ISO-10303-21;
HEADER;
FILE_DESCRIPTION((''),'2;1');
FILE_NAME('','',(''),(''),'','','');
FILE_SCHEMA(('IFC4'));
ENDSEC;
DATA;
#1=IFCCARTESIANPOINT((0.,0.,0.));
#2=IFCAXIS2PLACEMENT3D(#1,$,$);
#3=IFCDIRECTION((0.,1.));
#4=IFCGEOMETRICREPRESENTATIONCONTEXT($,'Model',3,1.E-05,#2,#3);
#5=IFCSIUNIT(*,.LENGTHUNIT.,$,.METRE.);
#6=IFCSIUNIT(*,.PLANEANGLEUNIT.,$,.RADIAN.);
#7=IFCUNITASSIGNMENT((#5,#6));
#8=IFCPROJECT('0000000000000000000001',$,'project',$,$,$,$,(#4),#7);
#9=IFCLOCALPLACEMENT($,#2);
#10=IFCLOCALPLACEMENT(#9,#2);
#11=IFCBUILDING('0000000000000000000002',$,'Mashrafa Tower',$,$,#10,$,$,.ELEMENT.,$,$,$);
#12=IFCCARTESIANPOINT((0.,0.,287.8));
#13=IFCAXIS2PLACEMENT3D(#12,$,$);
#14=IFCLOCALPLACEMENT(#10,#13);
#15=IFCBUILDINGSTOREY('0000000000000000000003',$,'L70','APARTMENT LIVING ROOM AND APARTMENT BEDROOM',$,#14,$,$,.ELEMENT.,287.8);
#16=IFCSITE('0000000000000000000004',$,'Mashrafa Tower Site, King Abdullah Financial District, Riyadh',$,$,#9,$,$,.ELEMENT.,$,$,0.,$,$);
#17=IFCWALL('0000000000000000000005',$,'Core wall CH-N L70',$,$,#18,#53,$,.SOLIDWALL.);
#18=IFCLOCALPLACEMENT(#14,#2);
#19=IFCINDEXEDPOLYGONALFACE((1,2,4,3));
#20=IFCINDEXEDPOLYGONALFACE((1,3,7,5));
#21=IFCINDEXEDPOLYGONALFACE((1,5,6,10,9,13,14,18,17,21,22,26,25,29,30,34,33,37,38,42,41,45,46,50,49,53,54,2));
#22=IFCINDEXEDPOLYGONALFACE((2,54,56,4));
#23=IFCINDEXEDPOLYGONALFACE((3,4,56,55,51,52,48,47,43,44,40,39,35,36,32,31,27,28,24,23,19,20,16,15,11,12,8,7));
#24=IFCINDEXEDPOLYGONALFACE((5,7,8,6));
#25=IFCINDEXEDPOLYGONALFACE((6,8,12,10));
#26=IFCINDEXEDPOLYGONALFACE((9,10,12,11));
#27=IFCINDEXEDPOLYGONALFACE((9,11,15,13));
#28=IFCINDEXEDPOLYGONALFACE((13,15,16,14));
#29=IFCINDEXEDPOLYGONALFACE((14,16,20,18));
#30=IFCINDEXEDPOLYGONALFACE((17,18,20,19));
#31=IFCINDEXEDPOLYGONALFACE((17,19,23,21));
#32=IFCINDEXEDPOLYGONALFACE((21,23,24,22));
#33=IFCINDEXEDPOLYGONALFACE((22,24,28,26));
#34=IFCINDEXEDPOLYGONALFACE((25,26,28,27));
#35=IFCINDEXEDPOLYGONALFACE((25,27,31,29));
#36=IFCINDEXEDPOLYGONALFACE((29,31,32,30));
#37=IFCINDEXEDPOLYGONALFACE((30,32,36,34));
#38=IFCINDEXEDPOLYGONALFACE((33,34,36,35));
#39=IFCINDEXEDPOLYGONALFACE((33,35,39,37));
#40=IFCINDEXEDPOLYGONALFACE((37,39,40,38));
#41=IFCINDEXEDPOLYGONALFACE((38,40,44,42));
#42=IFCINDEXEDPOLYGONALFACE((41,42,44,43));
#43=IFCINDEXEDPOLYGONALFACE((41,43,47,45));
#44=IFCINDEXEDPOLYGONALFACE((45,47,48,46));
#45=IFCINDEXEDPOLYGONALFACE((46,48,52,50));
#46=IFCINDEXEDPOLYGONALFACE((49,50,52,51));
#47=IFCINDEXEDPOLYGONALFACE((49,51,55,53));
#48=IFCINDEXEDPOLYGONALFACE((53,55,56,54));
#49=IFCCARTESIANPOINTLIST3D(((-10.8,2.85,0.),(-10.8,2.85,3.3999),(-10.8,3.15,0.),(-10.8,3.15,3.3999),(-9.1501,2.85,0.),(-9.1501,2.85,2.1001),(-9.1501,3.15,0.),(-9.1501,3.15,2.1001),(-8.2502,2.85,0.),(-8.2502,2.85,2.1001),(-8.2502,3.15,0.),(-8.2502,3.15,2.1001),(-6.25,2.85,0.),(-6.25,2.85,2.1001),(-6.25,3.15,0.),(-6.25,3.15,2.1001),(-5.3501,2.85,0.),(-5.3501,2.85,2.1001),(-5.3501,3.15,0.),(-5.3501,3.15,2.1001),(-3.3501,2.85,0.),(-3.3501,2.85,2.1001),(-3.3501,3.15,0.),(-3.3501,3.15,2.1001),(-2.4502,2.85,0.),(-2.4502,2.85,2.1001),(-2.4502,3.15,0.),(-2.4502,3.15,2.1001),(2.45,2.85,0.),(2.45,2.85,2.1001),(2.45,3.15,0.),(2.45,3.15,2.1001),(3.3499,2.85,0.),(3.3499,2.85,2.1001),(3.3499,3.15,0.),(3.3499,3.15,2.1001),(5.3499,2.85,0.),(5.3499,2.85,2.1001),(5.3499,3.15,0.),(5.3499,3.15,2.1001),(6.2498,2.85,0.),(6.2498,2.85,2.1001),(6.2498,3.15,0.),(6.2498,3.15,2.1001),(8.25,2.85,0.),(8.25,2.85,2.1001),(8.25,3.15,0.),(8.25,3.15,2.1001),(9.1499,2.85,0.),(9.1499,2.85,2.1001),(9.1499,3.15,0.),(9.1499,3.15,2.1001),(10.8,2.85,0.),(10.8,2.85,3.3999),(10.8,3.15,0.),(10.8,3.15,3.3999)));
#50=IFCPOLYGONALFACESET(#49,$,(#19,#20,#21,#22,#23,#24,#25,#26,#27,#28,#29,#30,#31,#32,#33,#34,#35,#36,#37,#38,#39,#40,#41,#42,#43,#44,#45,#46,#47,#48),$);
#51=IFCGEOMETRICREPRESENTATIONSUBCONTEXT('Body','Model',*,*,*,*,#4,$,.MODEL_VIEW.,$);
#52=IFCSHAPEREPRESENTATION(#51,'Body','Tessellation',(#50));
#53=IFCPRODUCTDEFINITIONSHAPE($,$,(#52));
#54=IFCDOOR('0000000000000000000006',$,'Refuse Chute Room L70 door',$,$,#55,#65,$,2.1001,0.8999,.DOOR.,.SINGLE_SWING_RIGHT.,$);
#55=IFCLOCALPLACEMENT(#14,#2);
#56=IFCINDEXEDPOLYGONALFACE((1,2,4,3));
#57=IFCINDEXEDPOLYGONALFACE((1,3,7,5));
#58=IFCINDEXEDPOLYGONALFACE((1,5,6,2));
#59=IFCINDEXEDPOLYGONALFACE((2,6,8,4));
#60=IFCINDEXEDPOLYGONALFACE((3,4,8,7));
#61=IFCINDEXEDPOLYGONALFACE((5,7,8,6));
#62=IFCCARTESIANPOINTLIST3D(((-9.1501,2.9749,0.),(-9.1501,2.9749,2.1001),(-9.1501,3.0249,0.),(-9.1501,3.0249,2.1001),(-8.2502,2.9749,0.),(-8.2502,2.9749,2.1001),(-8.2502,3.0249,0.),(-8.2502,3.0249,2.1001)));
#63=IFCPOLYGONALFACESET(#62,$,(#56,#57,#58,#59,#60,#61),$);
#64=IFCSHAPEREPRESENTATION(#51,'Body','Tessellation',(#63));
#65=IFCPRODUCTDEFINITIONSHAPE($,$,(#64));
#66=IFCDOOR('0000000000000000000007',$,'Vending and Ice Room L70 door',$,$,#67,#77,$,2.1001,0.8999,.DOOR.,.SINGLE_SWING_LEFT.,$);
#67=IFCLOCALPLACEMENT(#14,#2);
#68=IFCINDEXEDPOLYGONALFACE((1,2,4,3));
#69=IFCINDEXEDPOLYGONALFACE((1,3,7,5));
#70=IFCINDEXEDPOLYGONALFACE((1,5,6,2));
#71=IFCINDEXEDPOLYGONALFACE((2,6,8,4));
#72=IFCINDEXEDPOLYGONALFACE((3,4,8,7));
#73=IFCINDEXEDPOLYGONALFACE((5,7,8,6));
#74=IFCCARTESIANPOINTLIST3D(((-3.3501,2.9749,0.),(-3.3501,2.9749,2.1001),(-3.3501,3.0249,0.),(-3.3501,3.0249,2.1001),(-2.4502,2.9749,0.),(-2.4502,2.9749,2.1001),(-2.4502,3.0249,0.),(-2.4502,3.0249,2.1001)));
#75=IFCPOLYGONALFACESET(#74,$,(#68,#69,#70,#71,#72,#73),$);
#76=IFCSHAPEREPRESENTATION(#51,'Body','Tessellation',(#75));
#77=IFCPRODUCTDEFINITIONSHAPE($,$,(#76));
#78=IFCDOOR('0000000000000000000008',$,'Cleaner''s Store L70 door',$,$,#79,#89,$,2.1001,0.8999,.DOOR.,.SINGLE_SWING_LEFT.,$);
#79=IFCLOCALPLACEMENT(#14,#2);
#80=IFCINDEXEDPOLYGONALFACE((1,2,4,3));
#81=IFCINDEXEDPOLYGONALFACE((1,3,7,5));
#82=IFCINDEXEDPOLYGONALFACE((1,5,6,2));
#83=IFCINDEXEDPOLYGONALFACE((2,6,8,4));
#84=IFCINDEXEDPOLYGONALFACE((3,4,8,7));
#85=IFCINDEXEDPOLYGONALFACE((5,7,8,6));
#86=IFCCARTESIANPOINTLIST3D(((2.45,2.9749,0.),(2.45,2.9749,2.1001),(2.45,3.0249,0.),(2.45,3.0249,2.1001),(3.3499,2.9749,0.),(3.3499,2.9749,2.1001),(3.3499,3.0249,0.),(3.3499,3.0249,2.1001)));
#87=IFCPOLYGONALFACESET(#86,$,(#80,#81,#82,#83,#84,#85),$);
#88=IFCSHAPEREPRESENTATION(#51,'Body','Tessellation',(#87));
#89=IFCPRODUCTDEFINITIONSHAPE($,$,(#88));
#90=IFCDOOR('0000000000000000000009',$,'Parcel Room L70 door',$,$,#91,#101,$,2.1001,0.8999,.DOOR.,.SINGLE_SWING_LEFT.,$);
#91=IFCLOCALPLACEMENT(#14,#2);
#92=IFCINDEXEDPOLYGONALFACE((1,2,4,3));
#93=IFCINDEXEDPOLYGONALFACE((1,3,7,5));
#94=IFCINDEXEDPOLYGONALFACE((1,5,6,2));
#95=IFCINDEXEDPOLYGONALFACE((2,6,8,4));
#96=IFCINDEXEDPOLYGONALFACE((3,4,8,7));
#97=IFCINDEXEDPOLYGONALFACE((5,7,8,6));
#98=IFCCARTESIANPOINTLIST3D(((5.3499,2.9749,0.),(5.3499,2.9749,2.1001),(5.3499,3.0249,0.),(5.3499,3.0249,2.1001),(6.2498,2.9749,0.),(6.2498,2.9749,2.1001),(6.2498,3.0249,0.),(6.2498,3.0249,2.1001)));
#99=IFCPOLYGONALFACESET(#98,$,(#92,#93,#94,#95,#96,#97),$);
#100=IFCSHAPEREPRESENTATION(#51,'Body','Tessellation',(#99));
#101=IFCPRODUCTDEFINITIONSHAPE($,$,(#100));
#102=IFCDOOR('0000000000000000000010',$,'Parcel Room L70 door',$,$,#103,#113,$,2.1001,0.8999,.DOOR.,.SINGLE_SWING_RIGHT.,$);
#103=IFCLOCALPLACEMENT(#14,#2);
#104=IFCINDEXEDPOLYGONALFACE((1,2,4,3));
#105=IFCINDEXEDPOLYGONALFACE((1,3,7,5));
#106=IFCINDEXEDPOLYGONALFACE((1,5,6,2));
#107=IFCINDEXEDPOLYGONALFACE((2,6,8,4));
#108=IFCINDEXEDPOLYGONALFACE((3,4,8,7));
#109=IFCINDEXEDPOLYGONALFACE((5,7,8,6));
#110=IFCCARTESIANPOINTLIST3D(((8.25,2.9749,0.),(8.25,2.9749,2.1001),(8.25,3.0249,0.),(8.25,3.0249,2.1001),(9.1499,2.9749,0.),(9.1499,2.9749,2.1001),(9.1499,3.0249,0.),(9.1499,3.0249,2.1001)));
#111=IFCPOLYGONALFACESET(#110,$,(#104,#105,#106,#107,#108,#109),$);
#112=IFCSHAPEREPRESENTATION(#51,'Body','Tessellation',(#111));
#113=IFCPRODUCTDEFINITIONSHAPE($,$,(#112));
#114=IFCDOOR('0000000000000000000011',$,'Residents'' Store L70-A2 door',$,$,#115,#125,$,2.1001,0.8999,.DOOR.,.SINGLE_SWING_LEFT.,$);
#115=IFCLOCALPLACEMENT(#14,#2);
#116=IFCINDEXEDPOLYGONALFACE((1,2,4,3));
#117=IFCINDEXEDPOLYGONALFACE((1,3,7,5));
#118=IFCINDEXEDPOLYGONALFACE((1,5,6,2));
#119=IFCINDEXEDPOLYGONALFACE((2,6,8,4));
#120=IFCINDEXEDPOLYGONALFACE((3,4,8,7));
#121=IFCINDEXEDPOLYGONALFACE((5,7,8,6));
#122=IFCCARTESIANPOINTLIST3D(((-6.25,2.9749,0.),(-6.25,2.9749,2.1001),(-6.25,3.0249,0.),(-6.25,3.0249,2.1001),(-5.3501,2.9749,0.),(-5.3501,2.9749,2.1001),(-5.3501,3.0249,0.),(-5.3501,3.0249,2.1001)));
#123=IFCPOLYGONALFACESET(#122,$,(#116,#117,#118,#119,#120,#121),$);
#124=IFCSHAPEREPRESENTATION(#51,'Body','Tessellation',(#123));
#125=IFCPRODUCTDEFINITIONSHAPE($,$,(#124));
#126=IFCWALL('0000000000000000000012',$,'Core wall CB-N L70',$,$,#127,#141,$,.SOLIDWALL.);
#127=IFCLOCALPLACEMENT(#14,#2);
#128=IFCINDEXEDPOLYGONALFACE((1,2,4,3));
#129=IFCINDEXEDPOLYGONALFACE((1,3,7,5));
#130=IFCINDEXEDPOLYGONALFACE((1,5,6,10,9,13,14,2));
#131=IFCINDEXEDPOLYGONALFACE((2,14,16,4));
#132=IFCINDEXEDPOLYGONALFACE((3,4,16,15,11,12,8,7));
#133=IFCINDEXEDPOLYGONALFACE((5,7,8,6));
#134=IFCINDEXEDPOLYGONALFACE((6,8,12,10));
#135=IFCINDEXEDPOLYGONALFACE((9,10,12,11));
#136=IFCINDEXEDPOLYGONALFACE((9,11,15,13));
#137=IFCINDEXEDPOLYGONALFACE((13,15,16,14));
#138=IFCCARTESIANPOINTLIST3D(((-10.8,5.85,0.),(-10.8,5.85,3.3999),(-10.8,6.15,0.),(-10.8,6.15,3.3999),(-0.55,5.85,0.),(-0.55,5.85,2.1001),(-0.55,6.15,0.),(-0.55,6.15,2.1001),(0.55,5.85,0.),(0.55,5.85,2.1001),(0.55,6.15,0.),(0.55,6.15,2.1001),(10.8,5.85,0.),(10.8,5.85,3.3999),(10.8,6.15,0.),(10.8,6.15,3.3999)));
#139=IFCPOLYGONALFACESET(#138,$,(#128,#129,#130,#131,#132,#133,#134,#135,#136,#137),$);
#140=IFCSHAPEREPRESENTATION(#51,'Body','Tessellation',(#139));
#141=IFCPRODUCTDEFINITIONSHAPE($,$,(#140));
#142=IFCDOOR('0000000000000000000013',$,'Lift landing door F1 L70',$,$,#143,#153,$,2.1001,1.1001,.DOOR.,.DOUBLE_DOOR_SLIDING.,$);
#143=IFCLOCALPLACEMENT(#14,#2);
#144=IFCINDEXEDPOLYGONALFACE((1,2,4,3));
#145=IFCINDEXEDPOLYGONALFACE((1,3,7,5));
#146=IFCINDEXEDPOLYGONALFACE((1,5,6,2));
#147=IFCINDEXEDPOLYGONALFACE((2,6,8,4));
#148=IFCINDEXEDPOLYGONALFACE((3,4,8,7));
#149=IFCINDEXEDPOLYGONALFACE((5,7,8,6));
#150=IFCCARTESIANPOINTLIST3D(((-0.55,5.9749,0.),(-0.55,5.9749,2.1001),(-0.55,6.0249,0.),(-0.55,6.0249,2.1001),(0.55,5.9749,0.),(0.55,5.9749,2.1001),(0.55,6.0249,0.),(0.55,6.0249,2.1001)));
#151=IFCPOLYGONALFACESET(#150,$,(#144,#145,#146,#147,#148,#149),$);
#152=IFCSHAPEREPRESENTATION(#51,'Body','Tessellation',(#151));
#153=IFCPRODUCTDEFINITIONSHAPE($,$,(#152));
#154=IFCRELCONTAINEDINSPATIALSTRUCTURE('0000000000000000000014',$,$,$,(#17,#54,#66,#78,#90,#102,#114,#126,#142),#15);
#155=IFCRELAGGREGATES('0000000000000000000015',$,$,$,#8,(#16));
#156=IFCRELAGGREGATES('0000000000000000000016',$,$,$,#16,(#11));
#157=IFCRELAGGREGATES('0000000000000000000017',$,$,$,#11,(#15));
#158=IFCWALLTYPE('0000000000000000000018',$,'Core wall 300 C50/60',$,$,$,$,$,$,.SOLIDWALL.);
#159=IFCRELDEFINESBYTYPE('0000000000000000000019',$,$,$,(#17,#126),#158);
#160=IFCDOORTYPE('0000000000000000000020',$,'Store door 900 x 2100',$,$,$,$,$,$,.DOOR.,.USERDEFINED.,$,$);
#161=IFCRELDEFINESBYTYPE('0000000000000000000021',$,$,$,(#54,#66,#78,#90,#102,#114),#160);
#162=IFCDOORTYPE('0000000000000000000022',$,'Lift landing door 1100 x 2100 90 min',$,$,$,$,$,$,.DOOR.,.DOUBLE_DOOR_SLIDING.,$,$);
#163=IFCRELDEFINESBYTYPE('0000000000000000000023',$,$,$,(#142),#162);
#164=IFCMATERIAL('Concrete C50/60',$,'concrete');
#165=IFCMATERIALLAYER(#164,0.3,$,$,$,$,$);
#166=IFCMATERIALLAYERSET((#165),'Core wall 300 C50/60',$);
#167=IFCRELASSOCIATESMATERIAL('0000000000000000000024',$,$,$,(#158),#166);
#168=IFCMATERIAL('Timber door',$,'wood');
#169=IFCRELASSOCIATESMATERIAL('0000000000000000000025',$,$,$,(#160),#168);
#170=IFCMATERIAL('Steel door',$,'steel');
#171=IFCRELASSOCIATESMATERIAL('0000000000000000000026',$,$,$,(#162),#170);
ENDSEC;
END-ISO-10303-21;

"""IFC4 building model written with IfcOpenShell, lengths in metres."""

from ifc_helpers import new_model, si_unit, direction, frame, frame_2d, origin, place, context, subcontext, project, spatial, rectangle, extrude, material, layer, layer_set, type_object, element, fill, save


model = new_model("IFC4")

# Units and contexts
model_context = context("Model", 3, precision=1e-05, world=origin(), true_north=direction((0.0, 1.0)))
body_context = subcontext(model_context, "Body", "Model", "MODEL_VIEW")
ifc_project = project(units=[si_unit("LENGTHUNIT", "METRE"), si_unit("PLANEANGLEUNIT", "RADIAN")], contexts=[model_context])

# Site, building, storey
site_placement = place(None, origin())
site = spatial("IfcSite", under=ifc_project, at=site_placement, Name="Mashrafa Tower Site, King Abdullah Financial District, Riyadh", CompositionType="ELEMENT", RefElevation=0.0)
building_placement = place(site_placement, origin())
building = spatial("IfcBuilding", under=site, at=building_placement, Name="Mashrafa Tower", CompositionType="ELEMENT")
storey_placement = place(building_placement, frame((0.0, 0.0, 287.8)))
storey = spatial("IfcBuildingStorey", under=building, at=storey_placement, Name="L70", Description="APARTMENT LIVING ROOM AND APARTMENT BEDROOM", CompositionType="ELEMENT", Elevation=287.8)

# Wall, openings, doors
ifc_material_1 = material(Name="Concrete C50/60", Category="concrete")
ifc_layer_1 = layer(ifc_material_1, 0.3)
ifc_layer_set_1 = layer_set([ifc_layer_1], Name="Core wall 300 C50/60")
wall_type_1 = type_object("IfcWallType", Name="Core wall 300 C50/60", PredefinedType="SOLIDWALL", material=ifc_layer_set_1)
wall_1_placement = place(storey_placement, frame((-10.8, 3.0, 0.0), z_axis=(0.0, 0.0, 1.0), x_axis=(1.0, 0.0, 0.0)))
wall_1 = element("IfcWall", 1, at=wall_1_placement, inside=storey, type_object=wall_type_1, Name="Core wall CH-N L70", PredefinedType="SOLIDWALL", context=body_context, shape_type="SweptSolid", body=[
    extrude(rectangle(XDim=21.6001, YDim=0.3, at=frame_2d((10.8, 0.0))), origin(), (0.0, 0.0, 1.0), 3.3999),
])
opening_1_placement = place(wall_1_placement, frame((1.6499, 0.0, 0.0)))
opening_1 = element("IfcOpeningElement", 2, at=opening_1_placement, cuts=wall_1, PredefinedType="OPENING", context=body_context, shape_type="SweptSolid", body=[
    extrude(rectangle(XDim=0.8999, YDim=2.1001, at=frame_2d((0.45, 1.05))), frame((0.0, 0.1599, 0.0), z_axis=(0.0, -1.0, 0.0), x_axis=(1.0, 0.0, 0.0)), (0.0, 0.0, 1.0), 0.3201),
])
opening_2_placement = place(wall_1_placement, frame((7.45, 0.0, 0.0)))
opening_2 = element("IfcOpeningElement", 3, at=opening_2_placement, cuts=wall_1, PredefinedType="OPENING", context=body_context, shape_type="SweptSolid", body=[
    extrude(rectangle(XDim=0.8999, YDim=2.1001, at=frame_2d((0.45, 1.05))), frame((0.0, 0.1599, 0.0), z_axis=(0.0, -1.0, 0.0), x_axis=(1.0, 0.0, 0.0)), (0.0, 0.0, 1.0), 0.3201),
])
opening_3_placement = place(wall_1_placement, frame((13.25, 0.0, 0.0)))
opening_3 = element("IfcOpeningElement", 4, at=opening_3_placement, cuts=wall_1, PredefinedType="OPENING", context=body_context, shape_type="SweptSolid", body=[
    extrude(rectangle(XDim=0.8999, YDim=2.1001, at=frame_2d((0.45, 1.05))), frame((0.0, 0.1599, 0.0), z_axis=(0.0, -1.0, 0.0), x_axis=(1.0, 0.0, 0.0)), (0.0, 0.0, 1.0), 0.3201),
])
opening_4_placement = place(wall_1_placement, frame((16.1499, 0.0, 0.0)))
opening_4 = element("IfcOpeningElement", 5, at=opening_4_placement, cuts=wall_1, PredefinedType="OPENING", context=body_context, shape_type="SweptSolid", body=[
    extrude(rectangle(XDim=0.8999, YDim=2.1001, at=frame_2d((0.45, 1.05))), frame((0.0, 0.1599, 0.0), z_axis=(0.0, -1.0, 0.0), x_axis=(1.0, 0.0, 0.0)), (0.0, 0.0, 1.0), 0.3201),
])
opening_5_placement = place(wall_1_placement, frame((19.05, 0.0, 0.0)))
opening_5 = element("IfcOpeningElement", 6, at=opening_5_placement, cuts=wall_1, PredefinedType="OPENING", context=body_context, shape_type="SweptSolid", body=[
    extrude(rectangle(XDim=0.8999, YDim=2.1001, at=frame_2d((0.45, 1.05))), frame((0.0, 0.1599, 0.0), z_axis=(0.0, -1.0, 0.0), x_axis=(1.0, 0.0, 0.0)), (0.0, 0.0, 1.0), 0.3201),
])
opening_6_placement = place(wall_1_placement, frame((4.55, 0.0, 0.0)))
opening_6 = element("IfcOpeningElement", 7, at=opening_6_placement, cuts=wall_1, PredefinedType="OPENING", context=body_context, shape_type="SweptSolid", body=[
    extrude(rectangle(XDim=0.8999, YDim=2.1001, at=frame_2d((0.45, 1.05))), frame((0.0, 0.1599, 0.0), z_axis=(0.0, -1.0, 0.0), x_axis=(1.0, 0.0, 0.0)), (0.0, 0.0, 1.0), 0.3201),
])
ifc_material_2 = material(Name="Timber door", Category="wood")
door_type_1 = type_object("IfcDoorType", Name="Store door 900 x 2100", OperationType="USERDEFINED", PredefinedType="DOOR", material=ifc_material_2)
door_1_placement = place(opening_1_placement, origin())
door_1 = element("IfcDoor", 8, at=door_1_placement, inside=storey, type_object=door_type_1, Name="Refuse Chute Room L70 door", OperationType="SINGLE_SWING_RIGHT", OverallHeight=2.1001, OverallWidth=0.8999, PredefinedType="DOOR", context=body_context, shape_type="SweptSolid", body=[
    extrude(rectangle(XDim=0.8999, YDim=2.1001, at=frame_2d((0.45, 1.05))), frame((0.0, 0.0249, 0.0), z_axis=(0.0, -1.0, 0.0), x_axis=(1.0, 0.0, 0.0)), (0.0, 0.0, 1.0), 0.05),
])
fill(opening_1, door_1)
door_2_placement = place(opening_2_placement, origin())
door_2 = element("IfcDoor", 9, at=door_2_placement, inside=storey, type_object=door_type_1, Name="Vending and Ice Room L70 door", OperationType="SINGLE_SWING_LEFT", OverallHeight=2.1001, OverallWidth=0.8999, PredefinedType="DOOR", context=body_context, shape_type="SweptSolid", body=[
    extrude(rectangle(XDim=0.8999, YDim=2.1001, at=frame_2d((0.45, 1.05))), frame((0.0, 0.0249, 0.0), z_axis=(0.0, -1.0, 0.0), x_axis=(1.0, 0.0, 0.0)), (0.0, 0.0, 1.0), 0.05),
])
fill(opening_2, door_2)
door_3_placement = place(opening_3_placement, origin())
door_3 = element("IfcDoor", 10, at=door_3_placement, inside=storey, type_object=door_type_1, Name="Cleaner's Store L70 door", OperationType="SINGLE_SWING_LEFT", OverallHeight=2.1001, OverallWidth=0.8999, PredefinedType="DOOR", context=body_context, shape_type="SweptSolid", body=[
    extrude(rectangle(XDim=0.8999, YDim=2.1001, at=frame_2d((0.45, 1.05))), frame((0.0, 0.0249, 0.0), z_axis=(0.0, -1.0, 0.0), x_axis=(1.0, 0.0, 0.0)), (0.0, 0.0, 1.0), 0.05),
])
fill(opening_3, door_3)
door_4_placement = place(opening_4_placement, origin())
door_4 = element("IfcDoor", 11, at=door_4_placement, inside=storey, type_object=door_type_1, Name="Parcel Room L70 door", OperationType="SINGLE_SWING_LEFT", OverallHeight=2.1001, OverallWidth=0.8999, PredefinedType="DOOR", context=body_context, shape_type="SweptSolid", body=[
    extrude(rectangle(XDim=0.8999, YDim=2.1001, at=frame_2d((0.45, 1.05))), frame((0.0, 0.0249, 0.0), z_axis=(0.0, -1.0, 0.0), x_axis=(1.0, 0.0, 0.0)), (0.0, 0.0, 1.0), 0.05),
])
fill(opening_4, door_4)
door_5_placement = place(opening_5_placement, origin())
door_5 = element("IfcDoor", 12, at=door_5_placement, inside=storey, type_object=door_type_1, Name="Parcel Room L70 door", OperationType="SINGLE_SWING_RIGHT", OverallHeight=2.1001, OverallWidth=0.8999, PredefinedType="DOOR", context=body_context, shape_type="SweptSolid", body=[
    extrude(rectangle(XDim=0.8999, YDim=2.1001, at=frame_2d((0.45, 1.05))), frame((0.0, 0.0249, 0.0), z_axis=(0.0, -1.0, 0.0), x_axis=(1.0, 0.0, 0.0)), (0.0, 0.0, 1.0), 0.05),
])
fill(opening_5, door_5)
door_6_placement = place(opening_6_placement, origin())
door_6 = element("IfcDoor", 13, at=door_6_placement, inside=storey, type_object=door_type_1, Name="Residents' Store L70-A2 door", OperationType="SINGLE_SWING_LEFT", OverallHeight=2.1001, OverallWidth=0.8999, PredefinedType="DOOR", context=body_context, shape_type="SweptSolid", body=[
    extrude(rectangle(XDim=0.8999, YDim=2.1001, at=frame_2d((0.45, 1.05))), frame((0.0, 0.0249, 0.0), z_axis=(0.0, -1.0, 0.0), x_axis=(1.0, 0.0, 0.0)), (0.0, 0.0, 1.0), 0.05),
])
fill(opening_6, door_6)

# Wall, opening, door
wall_2_placement = place(storey_placement, frame((-10.8, 6.0, 0.0), z_axis=(0.0, 0.0, 1.0), x_axis=(1.0, 0.0, 0.0)))
wall_2 = element("IfcWall", 14, at=wall_2_placement, inside=storey, type_object=wall_type_1, Name="Core wall CB-N L70", PredefinedType="SOLIDWALL", context=body_context, shape_type="SweptSolid", body=[
    extrude(rectangle(XDim=21.6001, YDim=0.3, at=frame_2d((10.8, 0.0))), origin(), (0.0, 0.0, 1.0), 3.3999),
])
opening_7_placement = place(wall_2_placement, frame((10.25, 0.0, 0.0)))
opening_7 = element("IfcOpeningElement", 15, at=opening_7_placement, cuts=wall_2, PredefinedType="OPENING", context=body_context, shape_type="SweptSolid", body=[
    extrude(rectangle(XDim=1.1001, YDim=2.1001, at=frame_2d((0.55, 1.05))), frame((0.0, 0.1599, 0.0), z_axis=(0.0, -1.0, 0.0), x_axis=(1.0, 0.0, 0.0)), (0.0, 0.0, 1.0), 0.3201),
])
ifc_material_3 = material(Name="Steel door", Category="steel")
door_type_2 = type_object("IfcDoorType", Name="Lift landing door 1100 x 2100 90 min", OperationType="DOUBLE_DOOR_SLIDING", PredefinedType="DOOR", material=ifc_material_3)
door_7_placement = place(opening_7_placement, origin())
door_7 = element("IfcDoor", 16, at=door_7_placement, inside=storey, type_object=door_type_2, Name="Lift landing door F1 L70", OperationType="DOUBLE_DOOR_SLIDING", OverallHeight=2.1001, OverallWidth=1.1001, PredefinedType="DOOR", context=body_context, shape_type="SweptSolid", body=[
    extrude(rectangle(XDim=1.1001, YDim=2.1001, at=frame_2d((0.55, 1.05))), frame((0.0, 0.0249, 0.0), z_axis=(0.0, -1.0, 0.0), x_axis=(1.0, 0.0, 0.0)), (0.0, 0.0, 1.0), 0.05),
])
fill(opening_7, door_7)

save(model, "model.ifc")
